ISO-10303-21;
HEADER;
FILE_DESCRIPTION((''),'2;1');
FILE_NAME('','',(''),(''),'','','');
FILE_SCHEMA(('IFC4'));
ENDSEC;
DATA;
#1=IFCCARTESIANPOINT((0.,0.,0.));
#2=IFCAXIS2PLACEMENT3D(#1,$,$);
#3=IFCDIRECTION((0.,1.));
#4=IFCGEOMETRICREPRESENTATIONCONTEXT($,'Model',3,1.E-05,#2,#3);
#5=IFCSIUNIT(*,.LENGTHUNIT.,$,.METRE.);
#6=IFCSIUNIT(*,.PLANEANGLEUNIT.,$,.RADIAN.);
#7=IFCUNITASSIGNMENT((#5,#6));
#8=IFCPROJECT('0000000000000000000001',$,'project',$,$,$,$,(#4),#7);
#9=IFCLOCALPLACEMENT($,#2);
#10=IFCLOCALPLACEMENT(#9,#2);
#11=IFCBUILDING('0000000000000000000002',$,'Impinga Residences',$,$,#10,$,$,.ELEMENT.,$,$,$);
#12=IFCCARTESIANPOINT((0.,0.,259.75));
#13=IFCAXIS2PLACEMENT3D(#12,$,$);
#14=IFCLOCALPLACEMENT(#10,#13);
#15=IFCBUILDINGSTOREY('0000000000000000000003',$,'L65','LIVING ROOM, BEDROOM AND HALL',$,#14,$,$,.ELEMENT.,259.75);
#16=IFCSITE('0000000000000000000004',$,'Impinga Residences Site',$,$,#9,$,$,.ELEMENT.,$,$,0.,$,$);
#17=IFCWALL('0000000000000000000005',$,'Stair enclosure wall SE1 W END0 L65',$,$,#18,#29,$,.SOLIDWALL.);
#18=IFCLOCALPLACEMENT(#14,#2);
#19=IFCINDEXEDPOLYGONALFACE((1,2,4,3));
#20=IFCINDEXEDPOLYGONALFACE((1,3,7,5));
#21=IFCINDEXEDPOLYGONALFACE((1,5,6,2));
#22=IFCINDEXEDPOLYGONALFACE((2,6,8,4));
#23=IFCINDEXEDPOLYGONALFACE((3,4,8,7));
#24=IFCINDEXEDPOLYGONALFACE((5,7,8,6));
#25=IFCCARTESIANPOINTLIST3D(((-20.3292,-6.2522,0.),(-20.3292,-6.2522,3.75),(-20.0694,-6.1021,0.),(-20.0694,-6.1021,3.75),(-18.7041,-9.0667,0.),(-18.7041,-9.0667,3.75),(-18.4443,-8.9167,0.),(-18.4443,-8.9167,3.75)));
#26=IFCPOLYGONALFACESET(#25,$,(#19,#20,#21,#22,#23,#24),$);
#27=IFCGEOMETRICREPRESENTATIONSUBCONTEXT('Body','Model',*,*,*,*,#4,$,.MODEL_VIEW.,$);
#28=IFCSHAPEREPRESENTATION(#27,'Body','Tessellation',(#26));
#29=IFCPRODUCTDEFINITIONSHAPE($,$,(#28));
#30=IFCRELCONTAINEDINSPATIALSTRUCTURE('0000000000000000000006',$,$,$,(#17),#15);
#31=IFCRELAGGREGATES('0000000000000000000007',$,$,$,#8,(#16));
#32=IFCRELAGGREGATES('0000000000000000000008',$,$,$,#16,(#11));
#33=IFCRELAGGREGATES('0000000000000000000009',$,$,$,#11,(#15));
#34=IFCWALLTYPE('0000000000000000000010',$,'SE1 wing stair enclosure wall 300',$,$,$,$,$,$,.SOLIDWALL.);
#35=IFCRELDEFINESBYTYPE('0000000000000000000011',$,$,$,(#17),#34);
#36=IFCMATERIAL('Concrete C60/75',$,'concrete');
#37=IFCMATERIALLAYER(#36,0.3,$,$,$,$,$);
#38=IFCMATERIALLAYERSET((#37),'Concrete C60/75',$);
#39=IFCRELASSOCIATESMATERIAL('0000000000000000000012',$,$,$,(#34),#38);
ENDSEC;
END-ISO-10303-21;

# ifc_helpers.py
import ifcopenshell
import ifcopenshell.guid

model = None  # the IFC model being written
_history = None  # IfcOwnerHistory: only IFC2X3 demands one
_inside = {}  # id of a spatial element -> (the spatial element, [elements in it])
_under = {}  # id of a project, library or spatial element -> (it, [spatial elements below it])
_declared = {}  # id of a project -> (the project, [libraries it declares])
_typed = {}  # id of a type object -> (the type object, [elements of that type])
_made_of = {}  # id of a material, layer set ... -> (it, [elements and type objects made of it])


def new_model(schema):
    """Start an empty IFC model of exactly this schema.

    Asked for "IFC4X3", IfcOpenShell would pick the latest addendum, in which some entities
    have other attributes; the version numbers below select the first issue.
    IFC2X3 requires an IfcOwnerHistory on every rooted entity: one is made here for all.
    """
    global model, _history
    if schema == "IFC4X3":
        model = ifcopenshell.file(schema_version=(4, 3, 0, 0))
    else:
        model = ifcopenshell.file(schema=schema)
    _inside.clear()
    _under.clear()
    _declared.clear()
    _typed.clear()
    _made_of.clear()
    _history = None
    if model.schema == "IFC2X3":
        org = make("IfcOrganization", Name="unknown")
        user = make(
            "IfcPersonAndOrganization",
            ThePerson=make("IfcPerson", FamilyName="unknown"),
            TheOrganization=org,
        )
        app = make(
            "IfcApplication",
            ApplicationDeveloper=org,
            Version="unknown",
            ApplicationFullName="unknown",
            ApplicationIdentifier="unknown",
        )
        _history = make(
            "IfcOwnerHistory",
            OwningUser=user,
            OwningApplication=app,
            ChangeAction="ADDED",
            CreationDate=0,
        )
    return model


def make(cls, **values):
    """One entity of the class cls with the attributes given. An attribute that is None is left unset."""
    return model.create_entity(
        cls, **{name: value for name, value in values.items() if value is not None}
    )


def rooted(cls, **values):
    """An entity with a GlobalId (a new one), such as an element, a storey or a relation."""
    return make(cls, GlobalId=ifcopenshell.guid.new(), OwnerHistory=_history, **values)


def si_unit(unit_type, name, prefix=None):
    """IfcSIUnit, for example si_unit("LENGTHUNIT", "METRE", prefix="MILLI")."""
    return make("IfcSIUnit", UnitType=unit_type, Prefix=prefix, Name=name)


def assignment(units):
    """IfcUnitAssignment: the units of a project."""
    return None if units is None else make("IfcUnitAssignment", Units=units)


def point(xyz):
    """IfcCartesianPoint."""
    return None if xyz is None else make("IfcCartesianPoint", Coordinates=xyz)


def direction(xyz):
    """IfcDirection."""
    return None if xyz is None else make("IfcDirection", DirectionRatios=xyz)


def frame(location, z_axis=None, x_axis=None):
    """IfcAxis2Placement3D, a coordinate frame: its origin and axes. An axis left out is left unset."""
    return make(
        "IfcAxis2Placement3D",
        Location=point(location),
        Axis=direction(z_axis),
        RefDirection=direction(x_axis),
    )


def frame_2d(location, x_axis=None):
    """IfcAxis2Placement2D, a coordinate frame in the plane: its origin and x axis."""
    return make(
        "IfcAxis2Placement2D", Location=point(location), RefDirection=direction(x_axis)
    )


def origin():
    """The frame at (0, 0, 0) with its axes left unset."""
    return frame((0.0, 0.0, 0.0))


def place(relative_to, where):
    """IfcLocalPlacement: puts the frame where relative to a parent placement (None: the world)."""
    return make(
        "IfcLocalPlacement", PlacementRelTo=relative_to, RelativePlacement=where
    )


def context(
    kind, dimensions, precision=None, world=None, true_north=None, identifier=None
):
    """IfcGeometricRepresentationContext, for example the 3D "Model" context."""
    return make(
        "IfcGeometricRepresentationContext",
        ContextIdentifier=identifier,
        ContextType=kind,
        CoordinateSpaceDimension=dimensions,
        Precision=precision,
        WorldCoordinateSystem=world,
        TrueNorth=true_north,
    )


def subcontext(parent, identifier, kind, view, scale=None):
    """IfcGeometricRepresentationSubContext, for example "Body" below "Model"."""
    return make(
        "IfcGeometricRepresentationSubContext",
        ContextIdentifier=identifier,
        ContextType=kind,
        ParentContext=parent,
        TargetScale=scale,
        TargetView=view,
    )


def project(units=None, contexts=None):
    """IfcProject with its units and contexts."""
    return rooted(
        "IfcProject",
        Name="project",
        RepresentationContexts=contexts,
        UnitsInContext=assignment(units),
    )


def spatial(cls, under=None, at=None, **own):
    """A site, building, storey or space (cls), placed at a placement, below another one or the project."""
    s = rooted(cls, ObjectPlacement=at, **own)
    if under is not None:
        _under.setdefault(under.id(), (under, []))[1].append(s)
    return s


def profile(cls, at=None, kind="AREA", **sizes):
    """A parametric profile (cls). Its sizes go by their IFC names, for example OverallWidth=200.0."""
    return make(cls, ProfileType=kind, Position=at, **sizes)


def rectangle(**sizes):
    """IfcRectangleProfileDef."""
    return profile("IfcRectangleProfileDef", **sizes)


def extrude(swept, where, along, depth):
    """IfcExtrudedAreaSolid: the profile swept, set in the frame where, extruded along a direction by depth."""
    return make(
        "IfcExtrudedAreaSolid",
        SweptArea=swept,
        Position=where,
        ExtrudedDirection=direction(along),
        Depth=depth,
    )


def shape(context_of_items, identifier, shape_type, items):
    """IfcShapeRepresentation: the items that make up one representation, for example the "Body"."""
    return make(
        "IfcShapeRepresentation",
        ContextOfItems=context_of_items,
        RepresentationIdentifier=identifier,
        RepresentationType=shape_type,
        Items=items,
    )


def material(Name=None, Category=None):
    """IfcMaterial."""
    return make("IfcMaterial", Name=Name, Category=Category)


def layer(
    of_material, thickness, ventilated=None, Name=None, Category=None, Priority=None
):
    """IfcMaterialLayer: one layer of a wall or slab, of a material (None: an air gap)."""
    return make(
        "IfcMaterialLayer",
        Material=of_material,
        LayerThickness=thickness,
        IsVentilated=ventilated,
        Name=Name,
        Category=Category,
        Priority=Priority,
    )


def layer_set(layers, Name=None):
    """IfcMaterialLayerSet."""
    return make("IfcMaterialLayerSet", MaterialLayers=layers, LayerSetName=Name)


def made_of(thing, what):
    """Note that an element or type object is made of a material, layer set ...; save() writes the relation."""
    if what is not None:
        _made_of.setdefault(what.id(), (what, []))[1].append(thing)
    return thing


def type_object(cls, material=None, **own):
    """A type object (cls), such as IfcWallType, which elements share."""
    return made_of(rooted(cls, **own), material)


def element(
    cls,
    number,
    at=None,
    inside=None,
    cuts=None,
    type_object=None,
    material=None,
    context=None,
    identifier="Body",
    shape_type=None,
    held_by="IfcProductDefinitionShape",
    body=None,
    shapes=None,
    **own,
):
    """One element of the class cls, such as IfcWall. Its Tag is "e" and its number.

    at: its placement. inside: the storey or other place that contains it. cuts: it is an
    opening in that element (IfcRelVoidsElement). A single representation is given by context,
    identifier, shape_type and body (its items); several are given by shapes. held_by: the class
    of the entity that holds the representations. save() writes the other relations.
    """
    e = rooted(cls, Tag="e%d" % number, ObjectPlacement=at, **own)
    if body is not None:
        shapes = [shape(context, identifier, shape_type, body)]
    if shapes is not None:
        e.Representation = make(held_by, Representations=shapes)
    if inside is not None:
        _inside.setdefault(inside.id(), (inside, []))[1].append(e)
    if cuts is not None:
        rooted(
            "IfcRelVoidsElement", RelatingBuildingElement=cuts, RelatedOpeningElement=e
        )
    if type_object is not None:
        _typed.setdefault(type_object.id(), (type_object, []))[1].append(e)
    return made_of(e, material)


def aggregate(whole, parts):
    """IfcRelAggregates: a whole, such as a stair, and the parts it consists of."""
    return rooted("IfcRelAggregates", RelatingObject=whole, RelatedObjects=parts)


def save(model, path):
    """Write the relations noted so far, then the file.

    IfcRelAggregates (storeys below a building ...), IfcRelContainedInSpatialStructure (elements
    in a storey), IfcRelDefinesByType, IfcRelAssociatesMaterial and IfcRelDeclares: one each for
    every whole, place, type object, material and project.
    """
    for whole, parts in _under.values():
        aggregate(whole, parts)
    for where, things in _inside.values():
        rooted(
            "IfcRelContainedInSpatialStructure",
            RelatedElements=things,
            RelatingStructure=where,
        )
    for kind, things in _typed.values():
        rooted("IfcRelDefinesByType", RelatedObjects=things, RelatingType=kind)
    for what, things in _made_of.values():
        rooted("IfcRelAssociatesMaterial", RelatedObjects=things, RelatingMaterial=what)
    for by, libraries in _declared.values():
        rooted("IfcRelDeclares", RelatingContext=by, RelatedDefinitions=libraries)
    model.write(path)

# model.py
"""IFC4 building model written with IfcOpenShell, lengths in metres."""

from ifc_helpers import new_model, si_unit, direction, frame, frame_2d, origin, place, context, subcontext, project, spatial, rectangle, extrude, material, layer, layer_set, type_object, element, save


model = new_model("IFC4")

# Units and contexts
model_context = context("Model", 3, precision=1e-05, world=origin(), true_north=direction((0.0, 1.0)))
body_context = subcontext(model_context, "Body", "Model", "MODEL_VIEW")
ifc_project = project(units=[si_unit("LENGTHUNIT", "METRE"), si_unit("PLANEANGLEUNIT", "RADIAN")], contexts=[model_context])

# Site, building, storey
site_placement = place(None, origin())
site = spatial("IfcSite", under=ifc_project, at=site_placement, Name="Impinga Residences Site", CompositionType="ELEMENT", RefElevation=0.0)
building_placement = place(site_placement, origin())
building = spatial("IfcBuilding", under=site, at=building_placement, Name="Impinga Residences", CompositionType="ELEMENT")
storey_placement = place(building_placement, frame((0.0, 0.0, 259.75)))
storey = spatial("IfcBuildingStorey", under=building, at=storey_placement, Name="L65", Description="LIVING ROOM, BEDROOM AND HALL", CompositionType="ELEMENT", Elevation=259.75)

# Shared definitions
ifc_material_1 = material(Name="Concrete C60/75", Category="concrete")

# Wall
ifc_layer_1 = layer(ifc_material_1, 0.3)
ifc_layer_set_1 = layer_set([ifc_layer_1], Name="Concrete C60/75")
wall_type_1 = type_object("IfcWallType", Name="SE1 wing stair enclosure wall 300", PredefinedType="SOLIDWALL", material=ifc_layer_set_1)
wall_1_placement = place(storey_placement, frame((-18.5742, -8.9917, 0.0), z_axis=(0.0, 0.0, 1.0), x_axis=(-0.500017, 0.866015, 0.0)))
element("IfcWall", 1, at=wall_1_placement, inside=storey, type_object=wall_type_1, Name="Stair enclosure wall SE1 W END0 L65", PredefinedType="SOLIDWALL", context=body_context, shape_type="SweptSolid", body=[
    extrude(rectangle(XDim=3.25, YDim=0.3, at=frame_2d((1.625, 0.0))), origin(), (0.0, 0.0, 1.0), 3.75),
])

save(model, "model.ifc")
